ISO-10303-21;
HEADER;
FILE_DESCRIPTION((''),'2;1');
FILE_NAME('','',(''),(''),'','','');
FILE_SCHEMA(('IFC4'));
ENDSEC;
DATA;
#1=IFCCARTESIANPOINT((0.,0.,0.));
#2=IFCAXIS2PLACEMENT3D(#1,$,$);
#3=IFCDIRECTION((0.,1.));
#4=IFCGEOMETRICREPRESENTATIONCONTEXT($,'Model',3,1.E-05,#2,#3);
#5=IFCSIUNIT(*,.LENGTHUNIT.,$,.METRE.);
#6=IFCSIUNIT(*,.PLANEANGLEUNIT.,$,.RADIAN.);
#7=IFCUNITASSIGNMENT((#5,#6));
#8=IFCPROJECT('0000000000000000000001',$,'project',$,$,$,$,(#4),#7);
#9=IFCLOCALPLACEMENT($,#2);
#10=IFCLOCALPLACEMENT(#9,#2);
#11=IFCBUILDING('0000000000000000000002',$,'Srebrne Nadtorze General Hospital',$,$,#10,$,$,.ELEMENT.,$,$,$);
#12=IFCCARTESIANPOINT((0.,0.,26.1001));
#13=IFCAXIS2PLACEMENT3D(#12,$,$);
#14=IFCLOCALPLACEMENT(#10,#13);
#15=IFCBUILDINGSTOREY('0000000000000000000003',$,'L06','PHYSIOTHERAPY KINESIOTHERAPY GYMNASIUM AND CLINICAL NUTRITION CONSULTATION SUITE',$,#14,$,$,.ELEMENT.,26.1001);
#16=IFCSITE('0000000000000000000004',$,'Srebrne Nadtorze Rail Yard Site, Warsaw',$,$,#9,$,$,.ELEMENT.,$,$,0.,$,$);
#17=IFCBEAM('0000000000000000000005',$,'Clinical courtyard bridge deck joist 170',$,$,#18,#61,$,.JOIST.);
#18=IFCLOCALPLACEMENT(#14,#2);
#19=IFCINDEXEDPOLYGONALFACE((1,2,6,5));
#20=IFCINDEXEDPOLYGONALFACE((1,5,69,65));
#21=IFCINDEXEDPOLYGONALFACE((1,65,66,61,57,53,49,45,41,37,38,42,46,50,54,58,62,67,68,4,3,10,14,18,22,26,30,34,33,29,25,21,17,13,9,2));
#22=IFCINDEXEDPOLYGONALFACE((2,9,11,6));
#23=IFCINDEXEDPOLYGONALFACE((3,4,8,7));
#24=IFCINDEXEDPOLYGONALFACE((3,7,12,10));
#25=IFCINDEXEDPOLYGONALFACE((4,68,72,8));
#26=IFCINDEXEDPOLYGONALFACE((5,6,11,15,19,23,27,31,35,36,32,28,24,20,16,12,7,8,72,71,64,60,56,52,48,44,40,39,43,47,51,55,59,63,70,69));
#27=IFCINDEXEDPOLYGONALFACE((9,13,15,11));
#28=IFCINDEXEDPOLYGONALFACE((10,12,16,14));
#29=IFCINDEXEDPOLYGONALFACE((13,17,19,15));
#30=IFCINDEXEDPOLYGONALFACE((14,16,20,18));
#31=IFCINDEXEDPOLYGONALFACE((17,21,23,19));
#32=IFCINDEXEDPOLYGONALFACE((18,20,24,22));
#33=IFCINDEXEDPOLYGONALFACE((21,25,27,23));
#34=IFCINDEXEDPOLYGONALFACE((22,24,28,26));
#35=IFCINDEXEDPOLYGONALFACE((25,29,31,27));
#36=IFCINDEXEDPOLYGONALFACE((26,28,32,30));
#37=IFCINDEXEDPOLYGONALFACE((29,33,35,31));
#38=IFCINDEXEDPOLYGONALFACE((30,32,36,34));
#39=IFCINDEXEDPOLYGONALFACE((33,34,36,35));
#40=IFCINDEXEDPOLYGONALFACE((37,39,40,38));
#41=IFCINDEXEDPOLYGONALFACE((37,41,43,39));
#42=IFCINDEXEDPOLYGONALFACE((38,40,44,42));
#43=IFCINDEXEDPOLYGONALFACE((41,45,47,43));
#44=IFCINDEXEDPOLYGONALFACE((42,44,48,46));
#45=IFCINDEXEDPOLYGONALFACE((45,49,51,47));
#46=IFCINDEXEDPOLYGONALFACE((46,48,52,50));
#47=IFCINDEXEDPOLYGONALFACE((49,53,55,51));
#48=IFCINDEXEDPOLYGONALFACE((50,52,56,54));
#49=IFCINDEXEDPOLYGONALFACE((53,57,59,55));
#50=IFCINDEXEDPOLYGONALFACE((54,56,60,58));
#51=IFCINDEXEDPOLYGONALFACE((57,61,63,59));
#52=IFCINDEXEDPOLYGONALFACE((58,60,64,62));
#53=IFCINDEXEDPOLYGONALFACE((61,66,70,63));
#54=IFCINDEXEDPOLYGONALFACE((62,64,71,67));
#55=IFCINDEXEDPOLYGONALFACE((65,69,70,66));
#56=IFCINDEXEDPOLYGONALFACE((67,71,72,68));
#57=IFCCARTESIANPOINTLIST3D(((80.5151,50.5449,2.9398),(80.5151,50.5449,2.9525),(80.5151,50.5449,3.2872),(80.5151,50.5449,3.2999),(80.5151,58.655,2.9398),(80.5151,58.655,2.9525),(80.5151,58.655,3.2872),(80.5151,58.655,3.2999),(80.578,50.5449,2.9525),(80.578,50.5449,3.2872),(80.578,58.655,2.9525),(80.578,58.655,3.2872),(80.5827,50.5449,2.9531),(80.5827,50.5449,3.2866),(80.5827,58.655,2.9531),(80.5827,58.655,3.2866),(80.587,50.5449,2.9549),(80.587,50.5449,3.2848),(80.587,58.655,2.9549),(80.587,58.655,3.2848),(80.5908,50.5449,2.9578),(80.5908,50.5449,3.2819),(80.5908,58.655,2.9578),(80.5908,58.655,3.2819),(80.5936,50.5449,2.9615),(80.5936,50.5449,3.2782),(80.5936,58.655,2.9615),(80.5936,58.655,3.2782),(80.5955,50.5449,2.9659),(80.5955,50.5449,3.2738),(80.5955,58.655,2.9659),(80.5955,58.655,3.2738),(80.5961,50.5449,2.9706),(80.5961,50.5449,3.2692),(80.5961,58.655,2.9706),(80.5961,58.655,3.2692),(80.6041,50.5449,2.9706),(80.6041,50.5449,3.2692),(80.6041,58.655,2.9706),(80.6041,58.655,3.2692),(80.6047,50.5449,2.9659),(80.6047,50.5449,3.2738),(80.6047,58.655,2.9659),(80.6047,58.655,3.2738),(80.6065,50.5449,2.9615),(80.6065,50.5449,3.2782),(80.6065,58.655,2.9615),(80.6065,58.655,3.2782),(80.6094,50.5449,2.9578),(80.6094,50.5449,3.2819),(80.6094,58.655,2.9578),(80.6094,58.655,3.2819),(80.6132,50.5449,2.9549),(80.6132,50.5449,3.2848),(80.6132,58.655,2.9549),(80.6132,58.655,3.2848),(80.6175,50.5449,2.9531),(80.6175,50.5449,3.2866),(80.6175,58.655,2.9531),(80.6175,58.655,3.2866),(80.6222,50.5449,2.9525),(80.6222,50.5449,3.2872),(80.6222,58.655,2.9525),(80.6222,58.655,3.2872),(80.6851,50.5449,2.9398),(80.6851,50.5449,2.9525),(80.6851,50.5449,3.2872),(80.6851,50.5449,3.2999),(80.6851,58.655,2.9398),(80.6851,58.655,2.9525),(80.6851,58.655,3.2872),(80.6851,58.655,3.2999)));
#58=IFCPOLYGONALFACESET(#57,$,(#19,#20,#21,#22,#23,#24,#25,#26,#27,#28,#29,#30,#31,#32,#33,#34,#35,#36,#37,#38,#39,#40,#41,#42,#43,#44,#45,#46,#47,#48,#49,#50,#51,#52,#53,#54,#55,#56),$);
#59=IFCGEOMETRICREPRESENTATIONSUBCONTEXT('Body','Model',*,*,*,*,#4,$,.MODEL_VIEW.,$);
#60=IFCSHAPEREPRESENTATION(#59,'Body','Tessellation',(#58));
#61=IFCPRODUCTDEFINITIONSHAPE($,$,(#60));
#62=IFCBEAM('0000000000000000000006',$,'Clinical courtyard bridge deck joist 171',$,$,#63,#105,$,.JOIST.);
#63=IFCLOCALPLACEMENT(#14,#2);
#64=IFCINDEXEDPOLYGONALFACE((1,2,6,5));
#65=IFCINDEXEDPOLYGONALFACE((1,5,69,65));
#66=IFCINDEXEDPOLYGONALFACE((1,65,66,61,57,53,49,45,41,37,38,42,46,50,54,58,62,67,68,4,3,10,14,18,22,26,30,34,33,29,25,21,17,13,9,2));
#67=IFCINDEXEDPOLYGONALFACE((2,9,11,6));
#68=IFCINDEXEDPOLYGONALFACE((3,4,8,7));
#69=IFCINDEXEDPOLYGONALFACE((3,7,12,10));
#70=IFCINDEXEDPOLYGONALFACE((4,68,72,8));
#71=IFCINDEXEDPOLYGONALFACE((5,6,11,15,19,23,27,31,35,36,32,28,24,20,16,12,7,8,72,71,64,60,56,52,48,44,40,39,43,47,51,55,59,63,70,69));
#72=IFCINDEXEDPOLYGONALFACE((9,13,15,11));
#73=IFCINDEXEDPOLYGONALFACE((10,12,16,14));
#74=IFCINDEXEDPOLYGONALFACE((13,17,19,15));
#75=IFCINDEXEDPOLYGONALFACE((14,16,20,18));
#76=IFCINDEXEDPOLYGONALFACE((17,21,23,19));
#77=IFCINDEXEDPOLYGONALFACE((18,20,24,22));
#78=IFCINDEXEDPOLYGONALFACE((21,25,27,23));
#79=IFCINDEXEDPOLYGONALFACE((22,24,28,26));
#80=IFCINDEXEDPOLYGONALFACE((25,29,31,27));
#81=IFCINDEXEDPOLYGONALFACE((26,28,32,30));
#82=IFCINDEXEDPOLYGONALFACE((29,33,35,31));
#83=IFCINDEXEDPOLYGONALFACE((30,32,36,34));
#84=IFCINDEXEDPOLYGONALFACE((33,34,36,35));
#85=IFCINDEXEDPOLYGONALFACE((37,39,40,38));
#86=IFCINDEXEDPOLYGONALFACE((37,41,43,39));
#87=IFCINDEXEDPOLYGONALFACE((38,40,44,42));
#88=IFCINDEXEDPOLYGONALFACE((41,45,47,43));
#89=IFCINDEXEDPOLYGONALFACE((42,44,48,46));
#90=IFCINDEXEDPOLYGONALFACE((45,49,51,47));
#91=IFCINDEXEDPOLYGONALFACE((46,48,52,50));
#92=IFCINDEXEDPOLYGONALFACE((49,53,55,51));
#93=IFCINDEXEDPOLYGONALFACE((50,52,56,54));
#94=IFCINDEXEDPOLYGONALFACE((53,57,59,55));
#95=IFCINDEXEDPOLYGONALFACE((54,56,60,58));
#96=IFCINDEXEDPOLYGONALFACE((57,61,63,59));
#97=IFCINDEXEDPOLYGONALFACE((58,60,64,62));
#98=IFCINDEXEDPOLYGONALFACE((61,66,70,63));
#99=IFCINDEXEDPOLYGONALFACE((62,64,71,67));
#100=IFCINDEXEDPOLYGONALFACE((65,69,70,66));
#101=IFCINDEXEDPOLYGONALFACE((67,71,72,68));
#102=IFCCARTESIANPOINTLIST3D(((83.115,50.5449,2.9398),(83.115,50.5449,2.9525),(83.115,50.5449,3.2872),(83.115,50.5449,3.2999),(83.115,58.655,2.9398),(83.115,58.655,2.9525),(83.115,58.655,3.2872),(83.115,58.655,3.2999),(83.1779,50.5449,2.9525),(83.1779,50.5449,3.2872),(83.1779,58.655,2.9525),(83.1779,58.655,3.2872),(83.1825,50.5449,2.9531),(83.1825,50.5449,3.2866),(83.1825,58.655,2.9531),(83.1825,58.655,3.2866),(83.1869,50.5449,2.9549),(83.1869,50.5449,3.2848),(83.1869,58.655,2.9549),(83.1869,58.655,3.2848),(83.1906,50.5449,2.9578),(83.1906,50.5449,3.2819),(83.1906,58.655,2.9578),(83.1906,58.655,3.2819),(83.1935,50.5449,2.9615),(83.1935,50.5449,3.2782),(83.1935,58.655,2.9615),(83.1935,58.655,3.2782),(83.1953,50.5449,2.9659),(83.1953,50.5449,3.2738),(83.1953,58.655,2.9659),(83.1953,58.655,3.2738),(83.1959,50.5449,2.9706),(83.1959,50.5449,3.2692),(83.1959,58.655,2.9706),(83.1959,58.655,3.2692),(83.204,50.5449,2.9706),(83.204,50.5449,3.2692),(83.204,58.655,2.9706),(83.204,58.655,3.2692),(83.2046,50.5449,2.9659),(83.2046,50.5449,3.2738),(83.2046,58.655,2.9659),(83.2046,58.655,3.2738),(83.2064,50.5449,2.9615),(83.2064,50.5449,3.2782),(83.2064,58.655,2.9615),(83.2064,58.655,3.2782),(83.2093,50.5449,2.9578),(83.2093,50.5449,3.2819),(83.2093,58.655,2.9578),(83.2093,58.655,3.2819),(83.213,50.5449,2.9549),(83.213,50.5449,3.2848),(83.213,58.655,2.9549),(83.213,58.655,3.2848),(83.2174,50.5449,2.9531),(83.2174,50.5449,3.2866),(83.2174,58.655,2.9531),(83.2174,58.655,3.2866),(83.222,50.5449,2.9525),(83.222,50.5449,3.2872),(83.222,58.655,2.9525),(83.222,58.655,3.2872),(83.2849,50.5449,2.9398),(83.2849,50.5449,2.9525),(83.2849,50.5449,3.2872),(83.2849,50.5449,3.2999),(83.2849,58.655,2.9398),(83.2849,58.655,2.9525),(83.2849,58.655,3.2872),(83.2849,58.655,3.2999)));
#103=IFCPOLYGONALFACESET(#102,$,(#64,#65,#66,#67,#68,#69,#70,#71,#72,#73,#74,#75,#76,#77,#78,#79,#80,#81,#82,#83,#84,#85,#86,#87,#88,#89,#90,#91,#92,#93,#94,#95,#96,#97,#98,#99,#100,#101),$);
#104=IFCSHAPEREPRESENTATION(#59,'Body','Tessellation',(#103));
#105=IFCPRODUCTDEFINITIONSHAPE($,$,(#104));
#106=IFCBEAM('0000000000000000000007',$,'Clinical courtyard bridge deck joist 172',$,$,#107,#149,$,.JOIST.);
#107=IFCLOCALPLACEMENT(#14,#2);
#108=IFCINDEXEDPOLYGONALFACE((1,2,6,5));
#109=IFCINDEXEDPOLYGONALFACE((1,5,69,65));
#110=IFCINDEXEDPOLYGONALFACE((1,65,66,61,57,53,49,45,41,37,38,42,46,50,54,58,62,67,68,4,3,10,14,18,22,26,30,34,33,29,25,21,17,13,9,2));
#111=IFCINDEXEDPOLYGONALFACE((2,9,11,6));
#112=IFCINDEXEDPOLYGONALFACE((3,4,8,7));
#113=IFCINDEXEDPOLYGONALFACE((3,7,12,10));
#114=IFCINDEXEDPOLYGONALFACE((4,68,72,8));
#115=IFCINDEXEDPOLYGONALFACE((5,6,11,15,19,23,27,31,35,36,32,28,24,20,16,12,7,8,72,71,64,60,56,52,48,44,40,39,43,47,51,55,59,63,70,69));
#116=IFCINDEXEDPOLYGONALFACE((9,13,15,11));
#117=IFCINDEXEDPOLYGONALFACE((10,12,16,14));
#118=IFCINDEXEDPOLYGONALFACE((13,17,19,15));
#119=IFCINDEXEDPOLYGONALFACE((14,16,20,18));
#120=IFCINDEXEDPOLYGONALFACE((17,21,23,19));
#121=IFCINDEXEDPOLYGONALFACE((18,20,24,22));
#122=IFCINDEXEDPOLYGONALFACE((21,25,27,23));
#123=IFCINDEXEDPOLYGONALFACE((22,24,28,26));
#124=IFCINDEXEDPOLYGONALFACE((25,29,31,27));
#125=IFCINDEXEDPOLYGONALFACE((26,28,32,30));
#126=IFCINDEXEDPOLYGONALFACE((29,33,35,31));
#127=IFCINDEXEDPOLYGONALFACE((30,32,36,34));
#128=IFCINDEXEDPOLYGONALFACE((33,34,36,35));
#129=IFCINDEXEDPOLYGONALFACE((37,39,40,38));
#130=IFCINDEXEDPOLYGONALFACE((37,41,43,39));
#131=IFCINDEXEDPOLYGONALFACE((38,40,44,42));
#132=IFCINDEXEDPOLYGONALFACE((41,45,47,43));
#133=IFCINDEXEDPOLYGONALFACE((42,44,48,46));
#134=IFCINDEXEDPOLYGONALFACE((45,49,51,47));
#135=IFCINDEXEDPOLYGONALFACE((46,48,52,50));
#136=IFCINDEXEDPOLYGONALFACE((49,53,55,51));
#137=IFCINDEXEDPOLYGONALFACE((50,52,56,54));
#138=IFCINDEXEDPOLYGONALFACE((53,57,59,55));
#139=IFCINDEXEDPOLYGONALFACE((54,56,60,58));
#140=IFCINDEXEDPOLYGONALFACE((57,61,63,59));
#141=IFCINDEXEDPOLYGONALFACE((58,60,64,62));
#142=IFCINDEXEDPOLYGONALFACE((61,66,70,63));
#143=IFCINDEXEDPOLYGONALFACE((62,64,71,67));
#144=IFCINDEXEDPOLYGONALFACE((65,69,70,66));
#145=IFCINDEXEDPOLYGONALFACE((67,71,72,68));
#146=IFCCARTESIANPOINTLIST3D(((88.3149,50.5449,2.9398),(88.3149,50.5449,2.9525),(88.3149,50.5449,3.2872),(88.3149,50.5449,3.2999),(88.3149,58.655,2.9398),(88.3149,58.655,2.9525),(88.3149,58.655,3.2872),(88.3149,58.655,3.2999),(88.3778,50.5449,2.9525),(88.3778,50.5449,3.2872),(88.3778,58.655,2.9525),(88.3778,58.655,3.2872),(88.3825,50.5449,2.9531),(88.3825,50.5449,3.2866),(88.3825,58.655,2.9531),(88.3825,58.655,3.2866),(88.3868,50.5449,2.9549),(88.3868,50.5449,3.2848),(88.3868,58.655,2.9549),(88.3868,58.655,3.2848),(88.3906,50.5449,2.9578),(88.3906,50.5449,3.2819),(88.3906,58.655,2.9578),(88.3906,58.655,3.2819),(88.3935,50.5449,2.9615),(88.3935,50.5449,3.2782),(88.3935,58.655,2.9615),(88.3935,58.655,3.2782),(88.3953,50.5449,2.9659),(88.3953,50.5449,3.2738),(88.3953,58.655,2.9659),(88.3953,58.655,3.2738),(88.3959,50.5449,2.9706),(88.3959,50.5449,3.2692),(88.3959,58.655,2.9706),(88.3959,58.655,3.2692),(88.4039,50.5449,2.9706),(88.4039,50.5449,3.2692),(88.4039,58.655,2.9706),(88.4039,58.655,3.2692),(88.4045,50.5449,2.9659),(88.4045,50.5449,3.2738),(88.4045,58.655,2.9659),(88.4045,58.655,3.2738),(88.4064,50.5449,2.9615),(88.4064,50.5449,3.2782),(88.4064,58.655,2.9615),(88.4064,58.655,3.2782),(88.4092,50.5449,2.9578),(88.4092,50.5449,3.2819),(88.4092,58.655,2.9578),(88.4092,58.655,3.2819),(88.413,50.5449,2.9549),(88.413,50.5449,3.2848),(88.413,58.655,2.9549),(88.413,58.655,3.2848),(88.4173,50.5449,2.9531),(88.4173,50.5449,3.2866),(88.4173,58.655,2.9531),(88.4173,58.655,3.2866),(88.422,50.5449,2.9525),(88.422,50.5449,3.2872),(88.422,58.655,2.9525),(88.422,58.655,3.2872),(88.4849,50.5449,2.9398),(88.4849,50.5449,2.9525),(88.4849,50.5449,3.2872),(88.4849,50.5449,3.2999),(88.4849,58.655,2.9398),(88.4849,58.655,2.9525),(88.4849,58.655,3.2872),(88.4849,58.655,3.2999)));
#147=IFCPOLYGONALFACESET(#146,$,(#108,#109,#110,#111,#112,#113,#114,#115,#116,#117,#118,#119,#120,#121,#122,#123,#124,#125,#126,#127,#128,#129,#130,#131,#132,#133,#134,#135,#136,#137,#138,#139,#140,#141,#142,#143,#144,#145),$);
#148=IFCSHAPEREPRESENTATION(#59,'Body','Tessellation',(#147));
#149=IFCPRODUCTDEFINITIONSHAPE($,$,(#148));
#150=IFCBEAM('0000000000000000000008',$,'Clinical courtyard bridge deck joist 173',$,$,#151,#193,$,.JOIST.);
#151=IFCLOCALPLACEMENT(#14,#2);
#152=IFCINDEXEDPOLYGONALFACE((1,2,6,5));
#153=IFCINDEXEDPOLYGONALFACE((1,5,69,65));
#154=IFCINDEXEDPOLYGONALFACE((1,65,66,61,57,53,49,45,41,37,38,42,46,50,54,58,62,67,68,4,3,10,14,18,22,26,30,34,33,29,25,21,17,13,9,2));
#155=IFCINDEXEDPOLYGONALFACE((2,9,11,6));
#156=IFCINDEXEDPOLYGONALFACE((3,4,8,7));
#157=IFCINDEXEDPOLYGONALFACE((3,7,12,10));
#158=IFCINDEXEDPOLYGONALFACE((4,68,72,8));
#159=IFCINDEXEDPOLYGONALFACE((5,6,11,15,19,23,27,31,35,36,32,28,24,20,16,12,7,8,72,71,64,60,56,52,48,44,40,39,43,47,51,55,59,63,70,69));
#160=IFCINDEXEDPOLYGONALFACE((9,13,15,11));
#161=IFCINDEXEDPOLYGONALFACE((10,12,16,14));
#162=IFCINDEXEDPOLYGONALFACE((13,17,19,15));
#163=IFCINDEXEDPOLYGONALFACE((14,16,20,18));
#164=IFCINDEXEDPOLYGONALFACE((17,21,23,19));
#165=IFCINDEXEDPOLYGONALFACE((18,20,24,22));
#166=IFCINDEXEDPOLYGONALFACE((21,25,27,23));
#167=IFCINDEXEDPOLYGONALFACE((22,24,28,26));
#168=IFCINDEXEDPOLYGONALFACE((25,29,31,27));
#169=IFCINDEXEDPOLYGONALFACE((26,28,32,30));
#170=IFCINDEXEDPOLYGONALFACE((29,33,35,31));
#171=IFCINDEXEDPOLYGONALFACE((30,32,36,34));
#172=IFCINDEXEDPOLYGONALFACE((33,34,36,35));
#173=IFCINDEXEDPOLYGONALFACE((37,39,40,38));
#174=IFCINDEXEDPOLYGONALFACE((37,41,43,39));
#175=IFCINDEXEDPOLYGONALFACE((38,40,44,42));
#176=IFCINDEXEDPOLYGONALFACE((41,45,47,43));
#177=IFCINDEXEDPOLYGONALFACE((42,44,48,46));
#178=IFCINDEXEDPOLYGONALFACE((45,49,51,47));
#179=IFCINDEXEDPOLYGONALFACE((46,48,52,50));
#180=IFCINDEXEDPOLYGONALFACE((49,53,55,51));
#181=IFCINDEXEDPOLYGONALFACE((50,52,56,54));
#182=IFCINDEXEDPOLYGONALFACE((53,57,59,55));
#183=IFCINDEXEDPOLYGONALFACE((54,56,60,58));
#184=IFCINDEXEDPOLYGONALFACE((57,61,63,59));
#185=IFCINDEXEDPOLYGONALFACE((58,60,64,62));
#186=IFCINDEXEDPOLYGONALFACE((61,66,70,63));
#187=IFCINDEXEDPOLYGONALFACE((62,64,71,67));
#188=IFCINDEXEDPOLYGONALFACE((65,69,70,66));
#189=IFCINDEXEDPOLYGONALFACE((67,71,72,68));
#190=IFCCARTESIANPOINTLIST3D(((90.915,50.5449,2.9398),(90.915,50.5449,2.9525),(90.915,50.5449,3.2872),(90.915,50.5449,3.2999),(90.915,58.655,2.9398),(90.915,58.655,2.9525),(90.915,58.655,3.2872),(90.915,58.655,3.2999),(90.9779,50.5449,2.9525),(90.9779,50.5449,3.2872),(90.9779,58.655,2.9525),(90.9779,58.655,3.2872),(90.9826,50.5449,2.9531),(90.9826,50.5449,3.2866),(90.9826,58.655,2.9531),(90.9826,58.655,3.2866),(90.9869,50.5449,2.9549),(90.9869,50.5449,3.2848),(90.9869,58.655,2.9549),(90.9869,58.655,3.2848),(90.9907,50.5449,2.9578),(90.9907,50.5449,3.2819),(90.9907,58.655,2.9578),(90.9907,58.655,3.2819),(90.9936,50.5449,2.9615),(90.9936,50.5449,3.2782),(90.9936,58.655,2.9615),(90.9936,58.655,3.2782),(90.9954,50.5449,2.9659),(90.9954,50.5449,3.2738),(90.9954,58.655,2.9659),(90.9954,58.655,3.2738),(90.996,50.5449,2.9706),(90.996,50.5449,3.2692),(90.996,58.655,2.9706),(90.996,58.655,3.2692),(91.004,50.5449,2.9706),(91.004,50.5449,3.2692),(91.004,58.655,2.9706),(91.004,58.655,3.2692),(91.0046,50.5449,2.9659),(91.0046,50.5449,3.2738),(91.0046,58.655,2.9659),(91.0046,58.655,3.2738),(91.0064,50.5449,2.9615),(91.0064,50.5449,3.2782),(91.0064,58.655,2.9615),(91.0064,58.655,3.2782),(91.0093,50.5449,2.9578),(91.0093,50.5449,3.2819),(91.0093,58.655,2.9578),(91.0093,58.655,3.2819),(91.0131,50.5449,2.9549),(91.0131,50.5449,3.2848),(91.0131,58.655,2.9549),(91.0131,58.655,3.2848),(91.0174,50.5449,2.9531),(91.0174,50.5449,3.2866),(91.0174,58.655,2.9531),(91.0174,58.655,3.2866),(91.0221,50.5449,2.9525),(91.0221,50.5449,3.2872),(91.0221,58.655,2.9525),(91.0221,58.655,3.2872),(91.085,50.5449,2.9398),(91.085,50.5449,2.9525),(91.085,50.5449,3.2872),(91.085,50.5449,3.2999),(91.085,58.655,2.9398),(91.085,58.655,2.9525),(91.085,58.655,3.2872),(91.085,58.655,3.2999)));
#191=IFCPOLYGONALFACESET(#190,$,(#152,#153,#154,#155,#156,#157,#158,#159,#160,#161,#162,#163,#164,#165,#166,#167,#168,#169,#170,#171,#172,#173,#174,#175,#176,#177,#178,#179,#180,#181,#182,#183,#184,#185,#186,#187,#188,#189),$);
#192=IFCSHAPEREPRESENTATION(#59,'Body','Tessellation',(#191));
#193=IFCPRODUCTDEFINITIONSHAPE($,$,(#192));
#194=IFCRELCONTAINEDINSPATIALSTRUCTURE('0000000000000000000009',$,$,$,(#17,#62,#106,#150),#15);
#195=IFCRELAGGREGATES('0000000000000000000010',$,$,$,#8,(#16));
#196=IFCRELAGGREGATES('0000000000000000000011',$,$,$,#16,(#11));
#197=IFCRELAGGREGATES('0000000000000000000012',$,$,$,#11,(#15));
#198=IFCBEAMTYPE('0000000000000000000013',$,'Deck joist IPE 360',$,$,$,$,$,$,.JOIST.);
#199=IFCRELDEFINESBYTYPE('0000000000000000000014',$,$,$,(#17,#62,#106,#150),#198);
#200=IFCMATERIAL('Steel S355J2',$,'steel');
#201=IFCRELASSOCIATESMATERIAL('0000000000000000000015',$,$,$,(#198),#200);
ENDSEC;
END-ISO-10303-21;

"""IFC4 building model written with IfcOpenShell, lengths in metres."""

from ifc_helpers import new_model, si_unit, direction, frame, origin, origin_2d, place, context, subcontext, project, spatial, i_section, extrude, material, material_profile, profile_set, type_object, element, save


model = new_model("IFC4")

# Units and contexts
model_context = context("Model", 3, precision=1e-05, world=origin(), true_north=direction((0.0, 1.0)))
body_context = subcontext(model_context, "Body", "Model", "MODEL_VIEW")
ifc_project = project(units=[si_unit("LENGTHUNIT", "METRE"), si_unit("PLANEANGLEUNIT", "RADIAN")], contexts=[model_context])

# Site, building, storey
site_placement = place(None, origin())
site = spatial("IfcSite", under=ifc_project, at=site_placement, Name="Srebrne Nadtorze Rail Yard Site, Warsaw", CompositionType="ELEMENT", RefElevation=0.0)
building_placement = place(site_placement, origin())
building = spatial("IfcBuilding", under=site, at=building_placement, Name="Srebrne Nadtorze General Hospital", CompositionType="ELEMENT")
storey_placement = place(building_placement, frame((0.0, 0.0, 26.1001)))
storey = spatial("IfcBuildingStorey", under=building, at=storey_placement, Name="L06", Description="PHYSIOTHERAPY KINESIOTHERAPY GYMNASIUM AND CLINICAL NUTRITION CONSULTATION SUITE", CompositionType="ELEMENT", Elevation=26.1001)

# Beams
ifc_material_1 = material(Name="Steel S355J2", Category="steel")
ifc_material_profile_1 = material_profile(ifc_material_1, i_section(OverallWidth=0.1699, OverallDepth=0.3601, WebThickness=0.0081, FlangeThickness=0.0127, FilletRadius=0.0181, at=origin_2d()), Name="IPE-360")
ifc_profile_set_1 = profile_set([ifc_material_profile_1], Name="Steel S355J2")
beam_type_1 = type_object("IfcBeamType", Name="Deck joist IPE 360", PredefinedType="JOIST", material=ifc_profile_set_1)
for number, where, z_axis, x_axis, name in (
    (1, (80.6001, 50.5449, 3.1199), (0.0, 1.0, 0.0), (-1.0, 0.0, 0.0), "Clinical courtyard bridge deck joist 170"),
    (2, (83.2, 50.5449, 3.1199), (0.0, 1.0, 0.0), (-1.0, 0.0, 0.0), "Clinical courtyard bridge deck joist 171"),
    (3, (88.3999, 50.5449, 3.1199), (0.0, 1.0, 0.0), (-1.0, 0.0, 0.0), "Clinical courtyard bridge deck joist 172"),
    (4, (91.0, 50.5449, 3.1199), (0.0, 1.0, 0.0), (-1.0, 0.0, 0.0), "Clinical courtyard bridge deck joist 173"),
):
    element("IfcBeam", number, at=place(storey_placement, frame(where, z_axis=z_axis, x_axis=x_axis)), inside=storey, type_object=beam_type_1, Name=name, PredefinedType="JOIST", context=body_context, shape_type="SweptSolid", body=[
        extrude(i_section(OverallWidth=0.1699, OverallDepth=0.3601, WebThickness=0.0081, FlangeThickness=0.0127, FilletRadius=0.0181, at=origin_2d()), origin(), (0.0, 0.0, 1.0), 8.1101),
    ])

save(model, "model.ifc")
